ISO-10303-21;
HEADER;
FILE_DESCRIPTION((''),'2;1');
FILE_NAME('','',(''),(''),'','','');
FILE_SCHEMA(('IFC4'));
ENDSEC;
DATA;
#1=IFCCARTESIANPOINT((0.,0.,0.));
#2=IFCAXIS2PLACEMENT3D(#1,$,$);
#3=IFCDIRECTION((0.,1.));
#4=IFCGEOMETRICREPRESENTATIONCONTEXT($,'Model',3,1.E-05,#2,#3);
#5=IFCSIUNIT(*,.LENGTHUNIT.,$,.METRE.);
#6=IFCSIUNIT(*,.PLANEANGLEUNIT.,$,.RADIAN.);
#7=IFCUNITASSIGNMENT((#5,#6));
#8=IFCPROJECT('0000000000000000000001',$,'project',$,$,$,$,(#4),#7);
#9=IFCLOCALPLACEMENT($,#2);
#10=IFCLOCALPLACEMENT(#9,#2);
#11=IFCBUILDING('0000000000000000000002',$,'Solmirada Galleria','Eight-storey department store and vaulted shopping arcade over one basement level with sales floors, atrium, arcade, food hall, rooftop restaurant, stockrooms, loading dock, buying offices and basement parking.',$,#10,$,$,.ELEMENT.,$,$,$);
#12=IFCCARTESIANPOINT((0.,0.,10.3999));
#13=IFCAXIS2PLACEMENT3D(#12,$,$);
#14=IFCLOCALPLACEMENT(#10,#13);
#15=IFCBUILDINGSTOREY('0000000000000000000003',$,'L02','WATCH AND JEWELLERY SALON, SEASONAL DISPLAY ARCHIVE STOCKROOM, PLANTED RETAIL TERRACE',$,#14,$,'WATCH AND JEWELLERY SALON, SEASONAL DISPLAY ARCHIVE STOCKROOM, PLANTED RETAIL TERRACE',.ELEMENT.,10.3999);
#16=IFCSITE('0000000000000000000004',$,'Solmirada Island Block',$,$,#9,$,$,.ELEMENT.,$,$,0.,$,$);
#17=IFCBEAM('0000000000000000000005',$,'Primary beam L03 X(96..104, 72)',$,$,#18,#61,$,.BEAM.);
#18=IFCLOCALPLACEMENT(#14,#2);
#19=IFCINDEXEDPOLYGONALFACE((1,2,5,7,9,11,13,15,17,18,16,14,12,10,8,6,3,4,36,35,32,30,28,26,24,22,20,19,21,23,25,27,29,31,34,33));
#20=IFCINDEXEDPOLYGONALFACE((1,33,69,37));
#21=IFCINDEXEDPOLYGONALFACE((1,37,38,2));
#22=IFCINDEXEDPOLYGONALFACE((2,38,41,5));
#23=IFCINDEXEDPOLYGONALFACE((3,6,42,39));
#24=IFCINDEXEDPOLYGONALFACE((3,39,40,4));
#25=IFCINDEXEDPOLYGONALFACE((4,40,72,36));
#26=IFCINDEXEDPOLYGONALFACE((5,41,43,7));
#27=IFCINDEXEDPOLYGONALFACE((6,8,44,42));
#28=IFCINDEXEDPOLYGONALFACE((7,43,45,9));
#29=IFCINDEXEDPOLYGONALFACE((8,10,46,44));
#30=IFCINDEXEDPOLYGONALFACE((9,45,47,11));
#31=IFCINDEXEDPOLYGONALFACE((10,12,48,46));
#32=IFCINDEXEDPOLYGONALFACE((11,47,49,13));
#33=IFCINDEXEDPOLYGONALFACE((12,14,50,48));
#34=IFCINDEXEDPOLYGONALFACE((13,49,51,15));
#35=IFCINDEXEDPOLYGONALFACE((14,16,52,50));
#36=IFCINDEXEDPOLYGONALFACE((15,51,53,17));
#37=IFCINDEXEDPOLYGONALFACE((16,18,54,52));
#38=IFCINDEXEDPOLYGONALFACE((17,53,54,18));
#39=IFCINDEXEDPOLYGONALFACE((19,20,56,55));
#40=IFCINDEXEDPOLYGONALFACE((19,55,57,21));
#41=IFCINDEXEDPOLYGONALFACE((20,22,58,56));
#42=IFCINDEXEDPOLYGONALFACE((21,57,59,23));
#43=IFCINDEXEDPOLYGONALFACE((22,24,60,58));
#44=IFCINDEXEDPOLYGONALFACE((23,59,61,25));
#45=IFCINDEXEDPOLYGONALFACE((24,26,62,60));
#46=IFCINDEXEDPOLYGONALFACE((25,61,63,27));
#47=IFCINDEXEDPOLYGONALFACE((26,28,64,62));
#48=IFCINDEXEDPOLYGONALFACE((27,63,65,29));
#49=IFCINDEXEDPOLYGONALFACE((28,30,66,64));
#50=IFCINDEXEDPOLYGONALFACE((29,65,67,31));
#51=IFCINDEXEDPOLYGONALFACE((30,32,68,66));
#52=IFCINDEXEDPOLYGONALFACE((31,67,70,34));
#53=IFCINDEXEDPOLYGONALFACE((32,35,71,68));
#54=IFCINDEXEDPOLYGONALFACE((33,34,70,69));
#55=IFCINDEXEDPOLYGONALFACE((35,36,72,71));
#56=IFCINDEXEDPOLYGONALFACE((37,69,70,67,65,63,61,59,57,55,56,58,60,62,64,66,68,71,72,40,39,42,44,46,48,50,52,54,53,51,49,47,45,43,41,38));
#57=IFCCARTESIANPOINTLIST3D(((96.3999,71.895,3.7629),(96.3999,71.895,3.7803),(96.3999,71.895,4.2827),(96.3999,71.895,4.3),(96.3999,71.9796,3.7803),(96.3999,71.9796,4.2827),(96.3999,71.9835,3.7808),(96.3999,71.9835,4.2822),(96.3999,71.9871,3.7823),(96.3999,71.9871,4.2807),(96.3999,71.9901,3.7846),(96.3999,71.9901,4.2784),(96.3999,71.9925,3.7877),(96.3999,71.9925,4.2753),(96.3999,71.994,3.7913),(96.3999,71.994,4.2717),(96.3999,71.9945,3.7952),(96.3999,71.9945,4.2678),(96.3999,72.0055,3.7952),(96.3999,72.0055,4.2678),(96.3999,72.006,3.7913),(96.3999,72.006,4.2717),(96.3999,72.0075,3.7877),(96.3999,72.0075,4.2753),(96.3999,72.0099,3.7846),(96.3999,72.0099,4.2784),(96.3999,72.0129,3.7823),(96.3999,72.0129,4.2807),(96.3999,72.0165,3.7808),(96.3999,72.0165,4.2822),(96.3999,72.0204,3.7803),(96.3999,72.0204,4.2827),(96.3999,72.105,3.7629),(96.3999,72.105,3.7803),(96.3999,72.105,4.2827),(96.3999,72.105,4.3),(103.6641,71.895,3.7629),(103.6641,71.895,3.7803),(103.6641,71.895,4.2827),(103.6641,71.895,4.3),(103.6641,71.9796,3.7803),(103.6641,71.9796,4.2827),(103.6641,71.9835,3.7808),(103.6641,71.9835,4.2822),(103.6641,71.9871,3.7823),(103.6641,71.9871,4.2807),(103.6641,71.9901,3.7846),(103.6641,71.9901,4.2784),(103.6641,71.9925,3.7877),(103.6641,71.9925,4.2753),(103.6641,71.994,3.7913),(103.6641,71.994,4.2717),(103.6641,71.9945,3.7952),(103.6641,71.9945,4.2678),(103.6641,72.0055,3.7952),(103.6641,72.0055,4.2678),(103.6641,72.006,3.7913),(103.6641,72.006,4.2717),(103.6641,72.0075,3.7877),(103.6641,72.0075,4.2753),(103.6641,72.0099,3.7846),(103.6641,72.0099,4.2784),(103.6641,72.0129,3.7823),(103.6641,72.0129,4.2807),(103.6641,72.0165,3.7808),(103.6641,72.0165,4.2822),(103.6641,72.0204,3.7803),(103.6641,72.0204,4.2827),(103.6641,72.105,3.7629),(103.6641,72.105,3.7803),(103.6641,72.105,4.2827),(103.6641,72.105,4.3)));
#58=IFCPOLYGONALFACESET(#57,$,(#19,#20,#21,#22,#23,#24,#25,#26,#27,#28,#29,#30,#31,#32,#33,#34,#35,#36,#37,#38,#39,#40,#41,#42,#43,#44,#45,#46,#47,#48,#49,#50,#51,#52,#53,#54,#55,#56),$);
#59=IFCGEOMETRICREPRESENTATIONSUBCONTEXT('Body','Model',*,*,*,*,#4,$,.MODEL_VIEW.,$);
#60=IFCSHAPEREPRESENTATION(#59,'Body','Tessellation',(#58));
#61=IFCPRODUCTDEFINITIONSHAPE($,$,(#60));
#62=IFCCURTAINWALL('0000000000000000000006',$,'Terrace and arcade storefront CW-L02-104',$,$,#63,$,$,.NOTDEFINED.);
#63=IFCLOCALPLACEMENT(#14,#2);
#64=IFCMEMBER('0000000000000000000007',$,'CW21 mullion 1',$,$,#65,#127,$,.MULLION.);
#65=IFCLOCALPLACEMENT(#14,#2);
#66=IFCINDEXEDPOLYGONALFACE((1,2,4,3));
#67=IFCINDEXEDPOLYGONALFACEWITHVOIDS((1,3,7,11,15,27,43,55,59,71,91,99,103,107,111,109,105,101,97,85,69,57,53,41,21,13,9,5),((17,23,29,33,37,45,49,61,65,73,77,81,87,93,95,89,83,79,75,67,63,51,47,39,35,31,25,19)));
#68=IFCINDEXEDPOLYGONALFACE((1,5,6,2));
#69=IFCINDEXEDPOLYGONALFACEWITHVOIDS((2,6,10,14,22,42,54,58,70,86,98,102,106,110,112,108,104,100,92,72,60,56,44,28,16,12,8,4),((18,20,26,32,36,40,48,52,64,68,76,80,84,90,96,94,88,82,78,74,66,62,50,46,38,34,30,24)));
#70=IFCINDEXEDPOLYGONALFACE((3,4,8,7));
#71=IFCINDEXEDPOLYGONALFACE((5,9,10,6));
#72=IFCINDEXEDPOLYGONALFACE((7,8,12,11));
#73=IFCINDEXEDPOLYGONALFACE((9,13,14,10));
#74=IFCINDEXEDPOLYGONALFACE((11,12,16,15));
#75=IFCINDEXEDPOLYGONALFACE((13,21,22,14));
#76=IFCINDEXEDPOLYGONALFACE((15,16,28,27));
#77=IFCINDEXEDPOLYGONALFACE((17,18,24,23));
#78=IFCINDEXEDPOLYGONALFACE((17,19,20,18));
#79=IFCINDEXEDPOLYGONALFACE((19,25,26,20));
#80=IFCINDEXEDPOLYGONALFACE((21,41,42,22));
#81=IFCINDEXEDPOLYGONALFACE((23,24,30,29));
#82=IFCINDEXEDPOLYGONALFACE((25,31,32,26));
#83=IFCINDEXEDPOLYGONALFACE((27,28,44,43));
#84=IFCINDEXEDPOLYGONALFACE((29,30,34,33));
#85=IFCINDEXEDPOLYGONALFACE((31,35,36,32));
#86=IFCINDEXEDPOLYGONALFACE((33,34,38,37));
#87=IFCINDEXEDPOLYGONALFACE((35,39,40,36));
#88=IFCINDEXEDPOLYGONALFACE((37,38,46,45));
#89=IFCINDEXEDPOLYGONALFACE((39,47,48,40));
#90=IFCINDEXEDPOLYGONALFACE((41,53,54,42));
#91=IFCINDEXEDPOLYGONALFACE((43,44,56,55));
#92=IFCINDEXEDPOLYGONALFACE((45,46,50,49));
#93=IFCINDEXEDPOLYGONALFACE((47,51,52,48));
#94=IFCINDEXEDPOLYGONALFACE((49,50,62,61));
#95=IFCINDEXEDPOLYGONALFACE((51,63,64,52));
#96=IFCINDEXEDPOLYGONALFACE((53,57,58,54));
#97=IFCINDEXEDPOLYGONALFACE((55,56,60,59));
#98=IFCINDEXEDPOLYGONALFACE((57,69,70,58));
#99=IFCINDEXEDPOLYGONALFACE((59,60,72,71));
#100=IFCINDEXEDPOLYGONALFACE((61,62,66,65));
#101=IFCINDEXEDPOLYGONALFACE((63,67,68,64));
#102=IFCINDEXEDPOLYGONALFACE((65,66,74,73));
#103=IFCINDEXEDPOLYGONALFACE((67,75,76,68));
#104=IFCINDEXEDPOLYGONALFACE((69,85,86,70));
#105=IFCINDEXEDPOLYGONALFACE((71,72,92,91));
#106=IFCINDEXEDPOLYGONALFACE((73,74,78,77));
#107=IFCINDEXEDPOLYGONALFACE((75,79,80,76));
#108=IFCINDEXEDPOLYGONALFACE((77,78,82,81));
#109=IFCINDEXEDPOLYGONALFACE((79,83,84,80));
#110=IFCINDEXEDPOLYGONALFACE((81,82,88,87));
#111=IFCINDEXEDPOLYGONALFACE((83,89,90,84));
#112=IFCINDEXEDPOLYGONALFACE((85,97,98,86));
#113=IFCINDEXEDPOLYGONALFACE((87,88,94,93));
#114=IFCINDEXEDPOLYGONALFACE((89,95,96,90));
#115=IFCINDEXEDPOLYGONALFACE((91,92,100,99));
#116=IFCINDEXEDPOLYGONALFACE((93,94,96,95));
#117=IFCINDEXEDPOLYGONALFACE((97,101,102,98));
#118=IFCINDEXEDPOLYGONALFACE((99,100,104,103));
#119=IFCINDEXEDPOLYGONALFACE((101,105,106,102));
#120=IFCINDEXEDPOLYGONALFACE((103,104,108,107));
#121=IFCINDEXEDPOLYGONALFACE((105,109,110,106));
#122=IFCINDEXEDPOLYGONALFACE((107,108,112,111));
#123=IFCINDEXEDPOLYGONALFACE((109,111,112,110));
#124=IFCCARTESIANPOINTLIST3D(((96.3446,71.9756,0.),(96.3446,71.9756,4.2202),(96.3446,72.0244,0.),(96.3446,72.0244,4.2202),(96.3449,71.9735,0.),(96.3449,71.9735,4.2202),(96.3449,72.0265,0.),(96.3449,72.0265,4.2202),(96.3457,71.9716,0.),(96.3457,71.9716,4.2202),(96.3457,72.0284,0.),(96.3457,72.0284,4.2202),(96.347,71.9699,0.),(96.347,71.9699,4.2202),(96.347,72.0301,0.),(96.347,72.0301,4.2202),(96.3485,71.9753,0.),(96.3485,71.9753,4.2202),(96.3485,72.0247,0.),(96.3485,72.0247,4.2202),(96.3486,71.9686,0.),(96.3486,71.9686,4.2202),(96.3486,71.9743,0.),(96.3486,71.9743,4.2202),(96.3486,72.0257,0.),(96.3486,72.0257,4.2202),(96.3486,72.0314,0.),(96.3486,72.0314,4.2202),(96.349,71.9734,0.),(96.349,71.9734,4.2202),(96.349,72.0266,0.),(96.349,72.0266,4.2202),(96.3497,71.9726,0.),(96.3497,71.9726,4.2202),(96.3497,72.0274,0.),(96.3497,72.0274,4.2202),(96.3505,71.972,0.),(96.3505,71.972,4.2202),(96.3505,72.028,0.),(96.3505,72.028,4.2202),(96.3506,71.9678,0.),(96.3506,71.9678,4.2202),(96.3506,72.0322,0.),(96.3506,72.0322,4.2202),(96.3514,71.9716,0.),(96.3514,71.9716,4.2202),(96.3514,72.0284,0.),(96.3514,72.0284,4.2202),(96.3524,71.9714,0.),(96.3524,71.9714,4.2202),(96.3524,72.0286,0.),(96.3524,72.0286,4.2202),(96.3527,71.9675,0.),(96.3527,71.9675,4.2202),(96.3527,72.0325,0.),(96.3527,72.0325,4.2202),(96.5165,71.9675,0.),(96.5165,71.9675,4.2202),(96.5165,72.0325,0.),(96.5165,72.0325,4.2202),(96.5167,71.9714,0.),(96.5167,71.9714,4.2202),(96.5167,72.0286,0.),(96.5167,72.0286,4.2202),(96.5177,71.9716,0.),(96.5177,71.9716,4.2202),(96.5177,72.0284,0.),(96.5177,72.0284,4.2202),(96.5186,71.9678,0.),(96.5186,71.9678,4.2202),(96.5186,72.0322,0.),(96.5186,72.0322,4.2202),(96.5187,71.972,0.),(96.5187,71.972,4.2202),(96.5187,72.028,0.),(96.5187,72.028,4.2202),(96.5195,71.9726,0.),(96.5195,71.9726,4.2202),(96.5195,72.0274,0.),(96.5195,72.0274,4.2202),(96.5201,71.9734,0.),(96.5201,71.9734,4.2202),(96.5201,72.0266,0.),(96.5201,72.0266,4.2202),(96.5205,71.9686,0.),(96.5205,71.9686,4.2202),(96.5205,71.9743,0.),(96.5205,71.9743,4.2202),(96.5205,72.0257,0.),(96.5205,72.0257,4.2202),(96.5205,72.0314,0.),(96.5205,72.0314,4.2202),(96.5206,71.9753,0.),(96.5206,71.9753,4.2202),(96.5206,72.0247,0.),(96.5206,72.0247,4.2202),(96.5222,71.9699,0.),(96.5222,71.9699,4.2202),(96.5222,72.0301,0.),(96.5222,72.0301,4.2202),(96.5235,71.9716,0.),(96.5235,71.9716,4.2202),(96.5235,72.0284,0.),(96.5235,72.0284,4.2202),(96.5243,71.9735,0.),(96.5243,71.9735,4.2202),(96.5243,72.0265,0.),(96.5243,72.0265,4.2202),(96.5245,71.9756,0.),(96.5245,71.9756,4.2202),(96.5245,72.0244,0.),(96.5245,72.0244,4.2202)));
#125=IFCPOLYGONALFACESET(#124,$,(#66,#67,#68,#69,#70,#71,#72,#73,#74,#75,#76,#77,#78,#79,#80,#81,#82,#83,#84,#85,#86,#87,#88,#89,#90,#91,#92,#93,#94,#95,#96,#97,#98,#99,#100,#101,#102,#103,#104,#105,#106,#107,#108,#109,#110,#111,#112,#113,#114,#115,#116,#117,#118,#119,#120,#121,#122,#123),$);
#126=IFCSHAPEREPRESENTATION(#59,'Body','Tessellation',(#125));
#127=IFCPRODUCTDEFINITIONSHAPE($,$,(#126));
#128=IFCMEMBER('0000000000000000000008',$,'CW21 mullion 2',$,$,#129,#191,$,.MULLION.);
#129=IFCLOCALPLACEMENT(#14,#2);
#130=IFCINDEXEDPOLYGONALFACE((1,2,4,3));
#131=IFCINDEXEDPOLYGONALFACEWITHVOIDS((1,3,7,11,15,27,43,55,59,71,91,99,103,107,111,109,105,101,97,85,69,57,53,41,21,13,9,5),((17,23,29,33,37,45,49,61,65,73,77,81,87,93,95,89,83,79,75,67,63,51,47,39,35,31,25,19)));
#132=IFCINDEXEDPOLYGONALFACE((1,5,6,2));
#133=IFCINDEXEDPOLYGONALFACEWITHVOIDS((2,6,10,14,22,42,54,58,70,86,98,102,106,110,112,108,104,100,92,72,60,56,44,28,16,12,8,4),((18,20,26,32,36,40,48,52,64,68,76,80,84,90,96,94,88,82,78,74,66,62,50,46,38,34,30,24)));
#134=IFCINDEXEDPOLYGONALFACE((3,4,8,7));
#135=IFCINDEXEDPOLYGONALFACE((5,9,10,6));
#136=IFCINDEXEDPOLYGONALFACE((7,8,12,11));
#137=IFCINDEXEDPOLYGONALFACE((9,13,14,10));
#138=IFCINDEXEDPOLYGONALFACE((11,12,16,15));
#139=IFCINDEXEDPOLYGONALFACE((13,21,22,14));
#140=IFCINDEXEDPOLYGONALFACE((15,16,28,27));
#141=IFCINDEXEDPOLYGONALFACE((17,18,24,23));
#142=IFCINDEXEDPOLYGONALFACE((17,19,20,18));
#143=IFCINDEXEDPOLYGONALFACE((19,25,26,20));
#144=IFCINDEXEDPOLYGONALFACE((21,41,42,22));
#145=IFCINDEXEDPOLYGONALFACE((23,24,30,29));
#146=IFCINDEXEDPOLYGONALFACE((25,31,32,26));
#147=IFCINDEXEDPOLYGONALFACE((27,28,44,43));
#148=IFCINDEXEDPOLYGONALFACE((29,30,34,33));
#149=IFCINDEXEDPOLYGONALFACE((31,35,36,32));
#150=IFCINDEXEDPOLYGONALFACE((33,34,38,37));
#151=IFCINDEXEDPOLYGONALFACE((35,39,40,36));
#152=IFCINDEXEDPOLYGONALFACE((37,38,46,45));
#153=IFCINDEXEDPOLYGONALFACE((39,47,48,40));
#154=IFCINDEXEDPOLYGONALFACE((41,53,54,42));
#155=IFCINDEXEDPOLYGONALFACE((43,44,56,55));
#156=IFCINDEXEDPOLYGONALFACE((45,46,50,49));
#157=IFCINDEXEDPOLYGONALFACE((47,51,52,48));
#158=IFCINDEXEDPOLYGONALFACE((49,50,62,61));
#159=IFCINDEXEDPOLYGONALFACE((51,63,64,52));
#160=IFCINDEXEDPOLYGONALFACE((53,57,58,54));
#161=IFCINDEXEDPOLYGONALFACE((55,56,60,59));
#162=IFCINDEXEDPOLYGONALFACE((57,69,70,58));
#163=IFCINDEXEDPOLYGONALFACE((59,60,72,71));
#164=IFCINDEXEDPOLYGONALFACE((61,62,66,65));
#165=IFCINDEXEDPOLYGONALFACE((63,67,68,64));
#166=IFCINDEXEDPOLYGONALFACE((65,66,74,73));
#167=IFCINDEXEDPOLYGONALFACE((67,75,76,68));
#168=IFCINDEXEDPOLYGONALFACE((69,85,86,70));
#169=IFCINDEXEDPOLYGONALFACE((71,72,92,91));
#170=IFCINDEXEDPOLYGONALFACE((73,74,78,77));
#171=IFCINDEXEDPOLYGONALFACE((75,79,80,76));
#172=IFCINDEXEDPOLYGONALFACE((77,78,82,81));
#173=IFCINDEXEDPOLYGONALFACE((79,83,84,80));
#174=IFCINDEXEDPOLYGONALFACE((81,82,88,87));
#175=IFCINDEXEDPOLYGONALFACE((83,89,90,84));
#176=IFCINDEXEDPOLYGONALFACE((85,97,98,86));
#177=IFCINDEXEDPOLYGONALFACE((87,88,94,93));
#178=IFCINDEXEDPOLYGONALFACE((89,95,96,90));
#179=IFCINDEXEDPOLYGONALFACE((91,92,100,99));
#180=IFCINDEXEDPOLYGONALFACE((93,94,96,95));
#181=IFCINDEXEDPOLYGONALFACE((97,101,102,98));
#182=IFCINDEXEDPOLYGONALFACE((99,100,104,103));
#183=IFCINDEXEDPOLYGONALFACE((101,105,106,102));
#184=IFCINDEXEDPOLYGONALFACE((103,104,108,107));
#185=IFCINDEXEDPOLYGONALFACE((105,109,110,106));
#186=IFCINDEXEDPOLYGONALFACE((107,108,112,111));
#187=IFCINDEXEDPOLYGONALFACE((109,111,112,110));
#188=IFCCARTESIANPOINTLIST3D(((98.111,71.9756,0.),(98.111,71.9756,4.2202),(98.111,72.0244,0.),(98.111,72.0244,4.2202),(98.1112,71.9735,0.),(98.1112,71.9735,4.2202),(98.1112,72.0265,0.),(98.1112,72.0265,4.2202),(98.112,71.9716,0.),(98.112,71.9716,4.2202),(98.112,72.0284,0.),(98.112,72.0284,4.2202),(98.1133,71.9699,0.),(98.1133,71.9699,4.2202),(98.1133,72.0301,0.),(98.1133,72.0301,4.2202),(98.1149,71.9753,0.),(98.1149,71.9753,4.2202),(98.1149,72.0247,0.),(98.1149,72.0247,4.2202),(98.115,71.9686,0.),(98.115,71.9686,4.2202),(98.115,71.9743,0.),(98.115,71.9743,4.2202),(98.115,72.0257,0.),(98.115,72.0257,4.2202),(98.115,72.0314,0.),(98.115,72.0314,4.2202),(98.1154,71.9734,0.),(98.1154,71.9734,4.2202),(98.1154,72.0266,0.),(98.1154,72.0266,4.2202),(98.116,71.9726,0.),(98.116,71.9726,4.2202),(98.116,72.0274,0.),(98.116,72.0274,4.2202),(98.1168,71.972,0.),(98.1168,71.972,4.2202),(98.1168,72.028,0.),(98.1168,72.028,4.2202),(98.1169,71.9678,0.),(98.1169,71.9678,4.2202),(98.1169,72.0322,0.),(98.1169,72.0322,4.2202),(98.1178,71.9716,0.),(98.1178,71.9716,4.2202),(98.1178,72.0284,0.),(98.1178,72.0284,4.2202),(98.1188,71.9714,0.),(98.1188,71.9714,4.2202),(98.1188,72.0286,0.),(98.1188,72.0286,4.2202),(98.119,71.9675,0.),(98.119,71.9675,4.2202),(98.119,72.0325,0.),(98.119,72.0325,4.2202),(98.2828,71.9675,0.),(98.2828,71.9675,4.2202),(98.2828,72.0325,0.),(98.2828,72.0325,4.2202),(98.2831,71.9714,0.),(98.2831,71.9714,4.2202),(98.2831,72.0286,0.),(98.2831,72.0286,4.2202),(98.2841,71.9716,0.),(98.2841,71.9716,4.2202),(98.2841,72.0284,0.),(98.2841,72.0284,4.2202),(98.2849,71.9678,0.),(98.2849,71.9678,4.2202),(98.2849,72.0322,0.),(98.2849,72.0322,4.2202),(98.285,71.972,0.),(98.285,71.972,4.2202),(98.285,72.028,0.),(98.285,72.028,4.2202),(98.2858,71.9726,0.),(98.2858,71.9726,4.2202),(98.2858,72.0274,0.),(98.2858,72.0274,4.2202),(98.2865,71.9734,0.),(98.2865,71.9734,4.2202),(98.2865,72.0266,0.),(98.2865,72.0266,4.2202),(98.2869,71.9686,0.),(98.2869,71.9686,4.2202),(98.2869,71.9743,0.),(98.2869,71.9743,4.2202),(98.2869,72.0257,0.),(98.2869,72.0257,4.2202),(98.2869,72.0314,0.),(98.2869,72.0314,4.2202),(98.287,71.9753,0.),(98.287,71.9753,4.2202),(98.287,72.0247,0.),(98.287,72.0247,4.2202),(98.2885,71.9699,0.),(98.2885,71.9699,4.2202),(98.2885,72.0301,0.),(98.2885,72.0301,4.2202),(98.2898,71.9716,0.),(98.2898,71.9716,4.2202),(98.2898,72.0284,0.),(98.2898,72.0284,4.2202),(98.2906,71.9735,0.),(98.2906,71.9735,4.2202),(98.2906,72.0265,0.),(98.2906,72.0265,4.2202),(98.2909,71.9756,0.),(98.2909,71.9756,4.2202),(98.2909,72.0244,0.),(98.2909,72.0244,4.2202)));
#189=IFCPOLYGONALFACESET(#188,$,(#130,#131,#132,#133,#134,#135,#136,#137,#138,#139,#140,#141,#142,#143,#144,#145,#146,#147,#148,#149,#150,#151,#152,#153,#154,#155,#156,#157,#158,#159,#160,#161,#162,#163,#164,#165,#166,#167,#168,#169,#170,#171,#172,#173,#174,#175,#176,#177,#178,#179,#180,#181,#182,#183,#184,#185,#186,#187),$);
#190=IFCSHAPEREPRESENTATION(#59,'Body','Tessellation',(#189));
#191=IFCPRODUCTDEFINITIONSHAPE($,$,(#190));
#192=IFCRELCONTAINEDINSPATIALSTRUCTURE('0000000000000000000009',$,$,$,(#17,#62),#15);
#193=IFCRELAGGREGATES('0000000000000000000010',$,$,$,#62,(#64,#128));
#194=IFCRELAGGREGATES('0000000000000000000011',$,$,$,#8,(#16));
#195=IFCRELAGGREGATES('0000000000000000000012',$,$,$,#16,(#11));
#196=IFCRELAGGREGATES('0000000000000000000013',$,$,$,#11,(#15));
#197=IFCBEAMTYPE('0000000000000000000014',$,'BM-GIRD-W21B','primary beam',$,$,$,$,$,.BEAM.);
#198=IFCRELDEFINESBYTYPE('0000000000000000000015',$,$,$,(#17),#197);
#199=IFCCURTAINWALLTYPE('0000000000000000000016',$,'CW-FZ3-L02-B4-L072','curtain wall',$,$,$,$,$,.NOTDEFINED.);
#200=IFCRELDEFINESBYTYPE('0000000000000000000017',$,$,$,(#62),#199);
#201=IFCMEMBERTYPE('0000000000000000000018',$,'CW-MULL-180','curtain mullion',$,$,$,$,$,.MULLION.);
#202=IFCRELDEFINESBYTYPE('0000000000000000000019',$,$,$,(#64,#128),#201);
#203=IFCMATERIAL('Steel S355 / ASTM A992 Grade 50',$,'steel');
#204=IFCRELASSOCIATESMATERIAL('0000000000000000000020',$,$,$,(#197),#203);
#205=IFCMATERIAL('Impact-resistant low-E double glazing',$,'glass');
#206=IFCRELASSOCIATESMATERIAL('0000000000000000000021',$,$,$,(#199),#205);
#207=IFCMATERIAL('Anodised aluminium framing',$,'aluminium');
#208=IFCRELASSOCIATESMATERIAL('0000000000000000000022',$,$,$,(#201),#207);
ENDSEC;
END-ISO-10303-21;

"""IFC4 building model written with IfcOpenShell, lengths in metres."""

from ifc_helpers import new_model, si_unit, direction, frame, origin, origin_2d, place, context, subcontext, project, spatial, hollow_rectangle, i_section, extrude, material, material_profile, profile_set, type_object, element, aggregate, save


model = new_model("IFC4")

# Units and contexts
model_context = context("Model", 3, precision=1e-05, world=origin(), true_north=direction((0.0, 1.0)))
body_context = subcontext(model_context, "Body", "Model", "MODEL_VIEW")
ifc_project = project(units=[si_unit("LENGTHUNIT", "METRE"), si_unit("PLANEANGLEUNIT", "RADIAN")], contexts=[model_context])

# Site, building, storey
site_placement = place(None, origin())
site = spatial("IfcSite", under=ifc_project, at=site_placement, Name="Solmirada Island Block", CompositionType="ELEMENT", RefElevation=0.0)
building_placement = place(site_placement, origin())
building = spatial("IfcBuilding", under=site, at=building_placement, Name="Solmirada Galleria", Description="Eight-storey department store and vaulted shopping arcade over one basement level with sales floors, atrium, arcade, food hall, rooftop restaurant, stockrooms, loading dock, buying offices and basement parking.", CompositionType="ELEMENT")
storey_placement = place(building_placement, frame((0.0, 0.0, 10.3999)))
storey = spatial("IfcBuildingStorey", under=building, at=storey_placement, Name="L02", Description="WATCH AND JEWELLERY SALON, SEASONAL DISPLAY ARCHIVE STOCKROOM, PLANTED RETAIL TERRACE", LongName="WATCH AND JEWELLERY SALON, SEASONAL DISPLAY ARCHIVE STOCKROOM, PLANTED RETAIL TERRACE", CompositionType="ELEMENT", Elevation=10.3999)

# Beam
ifc_material_1 = material(Name="Steel S355 / ASTM A992 Grade 50", Category="steel")
ifc_material_profile_1 = material_profile(ifc_material_1, i_section(OverallWidth=0.21, OverallDepth=0.5371, WebThickness=0.011, FlangeThickness=0.0173, FilletRadius=0.0149, at=origin_2d()), Name="W21X68")
ifc_profile_set_1 = profile_set([ifc_material_profile_1], Name="Steel S355 / ASTM A992 Grade 50")
beam_type_1 = type_object("IfcBeamType", Name="BM-GIRD-W21B", Description="primary beam", PredefinedType="BEAM", material=ifc_profile_set_1)
for number, where, z_axis, x_axis, name in (
    (1, (96.3999, 72.0, 4.0315), (1.0, 0.0, 0.0), (0.0, 1.0, 0.0), "Primary beam L03 X(96..104, 72)"),
):
    element("IfcBeam", number, at=place(storey_placement, frame(where, z_axis=z_axis, x_axis=x_axis)), inside=storey, type_object=beam_type_1, Name=name, PredefinedType="BEAM", context=body_context, shape_type="SweptSolid", body=[
        extrude(i_section(OverallWidth=0.21, OverallDepth=0.5371, WebThickness=0.011, FlangeThickness=0.0173, FilletRadius=0.0149, at=origin_2d()), origin(), (0.0, 0.0, 1.0), 7.2642),
    ])

# Curtain wall, members
ifc_material_2 = material(Name="Impact-resistant low-E double glazing", Category="glass")
curtain_wall_type = type_object("IfcCurtainWallType", Name="CW-FZ3-L02-B4-L072", Description="curtain wall", PredefinedType="NOTDEFINED", material=ifc_material_2)
curtain_wall_placement = place(storey_placement, origin())
curtain_wall = element("IfcCurtainWall", 2, at=curtain_wall_placement, inside=storey, type_object=curtain_wall_type, Name="Terrace and arcade storefront CW-L02-104", PredefinedType="NOTDEFINED")
ifc_material_3 = material(Name="Anodised aluminium framing", Category="aluminium")
ifc_material_profile_2 = material_profile(ifc_material_3, hollow_rectangle(XDim=0.0649, YDim=0.1799, WallThickness=0.0039, InnerFilletRadius=0.0039, OuterFilletRadius=0.0081, at=origin_2d()), Name="ALU-MULL-180X65")
ifc_profile_set_2 = profile_set([ifc_material_profile_2], Name="Anodised aluminium framing")
member_type_1 = type_object("IfcMemberType", Name="CW-MULL-180", Description="curtain mullion", PredefinedType="MULLION", material=ifc_profile_set_2)
member_1_placement = place(storey_placement, frame((96.4346, 72.0, 0.0), z_axis=(0.0, 0.0, 1.0), x_axis=(0.0, 1.0, 0.0)))
member_1 = element("IfcMember", 3, at=member_1_placement, type_object=member_type_1, Name="CW21 mullion 1", PredefinedType="MULLION", context=body_context, shape_type="SweptSolid", body=[
    extrude(hollow_rectangle(XDim=0.0649, YDim=0.1799, WallThickness=0.0039, InnerFilletRadius=0.0039, OuterFilletRadius=0.0081, at=origin_2d()), origin(), (0.0, 0.0, 1.0), 4.2202),
])
member_2_placement = place(storey_placement, frame((98.2009, 72.0, 0.0), z_axis=(0.0, 0.0, 1.0), x_axis=(0.0, 1.0, 0.0)))
member_2 = element("IfcMember", 4, at=member_2_placement, type_object=member_type_1, Name="CW21 mullion 2", PredefinedType="MULLION", context=body_context, shape_type="SweptSolid", body=[
    extrude(hollow_rectangle(XDim=0.0649, YDim=0.1799, WallThickness=0.0039, InnerFilletRadius=0.0039, OuterFilletRadius=0.0081, at=origin_2d()), origin(), (0.0, 0.0, 1.0), 4.2202),
])
aggregate(curtain_wall, [member_1, member_2])

save(model, "model.ifc")
